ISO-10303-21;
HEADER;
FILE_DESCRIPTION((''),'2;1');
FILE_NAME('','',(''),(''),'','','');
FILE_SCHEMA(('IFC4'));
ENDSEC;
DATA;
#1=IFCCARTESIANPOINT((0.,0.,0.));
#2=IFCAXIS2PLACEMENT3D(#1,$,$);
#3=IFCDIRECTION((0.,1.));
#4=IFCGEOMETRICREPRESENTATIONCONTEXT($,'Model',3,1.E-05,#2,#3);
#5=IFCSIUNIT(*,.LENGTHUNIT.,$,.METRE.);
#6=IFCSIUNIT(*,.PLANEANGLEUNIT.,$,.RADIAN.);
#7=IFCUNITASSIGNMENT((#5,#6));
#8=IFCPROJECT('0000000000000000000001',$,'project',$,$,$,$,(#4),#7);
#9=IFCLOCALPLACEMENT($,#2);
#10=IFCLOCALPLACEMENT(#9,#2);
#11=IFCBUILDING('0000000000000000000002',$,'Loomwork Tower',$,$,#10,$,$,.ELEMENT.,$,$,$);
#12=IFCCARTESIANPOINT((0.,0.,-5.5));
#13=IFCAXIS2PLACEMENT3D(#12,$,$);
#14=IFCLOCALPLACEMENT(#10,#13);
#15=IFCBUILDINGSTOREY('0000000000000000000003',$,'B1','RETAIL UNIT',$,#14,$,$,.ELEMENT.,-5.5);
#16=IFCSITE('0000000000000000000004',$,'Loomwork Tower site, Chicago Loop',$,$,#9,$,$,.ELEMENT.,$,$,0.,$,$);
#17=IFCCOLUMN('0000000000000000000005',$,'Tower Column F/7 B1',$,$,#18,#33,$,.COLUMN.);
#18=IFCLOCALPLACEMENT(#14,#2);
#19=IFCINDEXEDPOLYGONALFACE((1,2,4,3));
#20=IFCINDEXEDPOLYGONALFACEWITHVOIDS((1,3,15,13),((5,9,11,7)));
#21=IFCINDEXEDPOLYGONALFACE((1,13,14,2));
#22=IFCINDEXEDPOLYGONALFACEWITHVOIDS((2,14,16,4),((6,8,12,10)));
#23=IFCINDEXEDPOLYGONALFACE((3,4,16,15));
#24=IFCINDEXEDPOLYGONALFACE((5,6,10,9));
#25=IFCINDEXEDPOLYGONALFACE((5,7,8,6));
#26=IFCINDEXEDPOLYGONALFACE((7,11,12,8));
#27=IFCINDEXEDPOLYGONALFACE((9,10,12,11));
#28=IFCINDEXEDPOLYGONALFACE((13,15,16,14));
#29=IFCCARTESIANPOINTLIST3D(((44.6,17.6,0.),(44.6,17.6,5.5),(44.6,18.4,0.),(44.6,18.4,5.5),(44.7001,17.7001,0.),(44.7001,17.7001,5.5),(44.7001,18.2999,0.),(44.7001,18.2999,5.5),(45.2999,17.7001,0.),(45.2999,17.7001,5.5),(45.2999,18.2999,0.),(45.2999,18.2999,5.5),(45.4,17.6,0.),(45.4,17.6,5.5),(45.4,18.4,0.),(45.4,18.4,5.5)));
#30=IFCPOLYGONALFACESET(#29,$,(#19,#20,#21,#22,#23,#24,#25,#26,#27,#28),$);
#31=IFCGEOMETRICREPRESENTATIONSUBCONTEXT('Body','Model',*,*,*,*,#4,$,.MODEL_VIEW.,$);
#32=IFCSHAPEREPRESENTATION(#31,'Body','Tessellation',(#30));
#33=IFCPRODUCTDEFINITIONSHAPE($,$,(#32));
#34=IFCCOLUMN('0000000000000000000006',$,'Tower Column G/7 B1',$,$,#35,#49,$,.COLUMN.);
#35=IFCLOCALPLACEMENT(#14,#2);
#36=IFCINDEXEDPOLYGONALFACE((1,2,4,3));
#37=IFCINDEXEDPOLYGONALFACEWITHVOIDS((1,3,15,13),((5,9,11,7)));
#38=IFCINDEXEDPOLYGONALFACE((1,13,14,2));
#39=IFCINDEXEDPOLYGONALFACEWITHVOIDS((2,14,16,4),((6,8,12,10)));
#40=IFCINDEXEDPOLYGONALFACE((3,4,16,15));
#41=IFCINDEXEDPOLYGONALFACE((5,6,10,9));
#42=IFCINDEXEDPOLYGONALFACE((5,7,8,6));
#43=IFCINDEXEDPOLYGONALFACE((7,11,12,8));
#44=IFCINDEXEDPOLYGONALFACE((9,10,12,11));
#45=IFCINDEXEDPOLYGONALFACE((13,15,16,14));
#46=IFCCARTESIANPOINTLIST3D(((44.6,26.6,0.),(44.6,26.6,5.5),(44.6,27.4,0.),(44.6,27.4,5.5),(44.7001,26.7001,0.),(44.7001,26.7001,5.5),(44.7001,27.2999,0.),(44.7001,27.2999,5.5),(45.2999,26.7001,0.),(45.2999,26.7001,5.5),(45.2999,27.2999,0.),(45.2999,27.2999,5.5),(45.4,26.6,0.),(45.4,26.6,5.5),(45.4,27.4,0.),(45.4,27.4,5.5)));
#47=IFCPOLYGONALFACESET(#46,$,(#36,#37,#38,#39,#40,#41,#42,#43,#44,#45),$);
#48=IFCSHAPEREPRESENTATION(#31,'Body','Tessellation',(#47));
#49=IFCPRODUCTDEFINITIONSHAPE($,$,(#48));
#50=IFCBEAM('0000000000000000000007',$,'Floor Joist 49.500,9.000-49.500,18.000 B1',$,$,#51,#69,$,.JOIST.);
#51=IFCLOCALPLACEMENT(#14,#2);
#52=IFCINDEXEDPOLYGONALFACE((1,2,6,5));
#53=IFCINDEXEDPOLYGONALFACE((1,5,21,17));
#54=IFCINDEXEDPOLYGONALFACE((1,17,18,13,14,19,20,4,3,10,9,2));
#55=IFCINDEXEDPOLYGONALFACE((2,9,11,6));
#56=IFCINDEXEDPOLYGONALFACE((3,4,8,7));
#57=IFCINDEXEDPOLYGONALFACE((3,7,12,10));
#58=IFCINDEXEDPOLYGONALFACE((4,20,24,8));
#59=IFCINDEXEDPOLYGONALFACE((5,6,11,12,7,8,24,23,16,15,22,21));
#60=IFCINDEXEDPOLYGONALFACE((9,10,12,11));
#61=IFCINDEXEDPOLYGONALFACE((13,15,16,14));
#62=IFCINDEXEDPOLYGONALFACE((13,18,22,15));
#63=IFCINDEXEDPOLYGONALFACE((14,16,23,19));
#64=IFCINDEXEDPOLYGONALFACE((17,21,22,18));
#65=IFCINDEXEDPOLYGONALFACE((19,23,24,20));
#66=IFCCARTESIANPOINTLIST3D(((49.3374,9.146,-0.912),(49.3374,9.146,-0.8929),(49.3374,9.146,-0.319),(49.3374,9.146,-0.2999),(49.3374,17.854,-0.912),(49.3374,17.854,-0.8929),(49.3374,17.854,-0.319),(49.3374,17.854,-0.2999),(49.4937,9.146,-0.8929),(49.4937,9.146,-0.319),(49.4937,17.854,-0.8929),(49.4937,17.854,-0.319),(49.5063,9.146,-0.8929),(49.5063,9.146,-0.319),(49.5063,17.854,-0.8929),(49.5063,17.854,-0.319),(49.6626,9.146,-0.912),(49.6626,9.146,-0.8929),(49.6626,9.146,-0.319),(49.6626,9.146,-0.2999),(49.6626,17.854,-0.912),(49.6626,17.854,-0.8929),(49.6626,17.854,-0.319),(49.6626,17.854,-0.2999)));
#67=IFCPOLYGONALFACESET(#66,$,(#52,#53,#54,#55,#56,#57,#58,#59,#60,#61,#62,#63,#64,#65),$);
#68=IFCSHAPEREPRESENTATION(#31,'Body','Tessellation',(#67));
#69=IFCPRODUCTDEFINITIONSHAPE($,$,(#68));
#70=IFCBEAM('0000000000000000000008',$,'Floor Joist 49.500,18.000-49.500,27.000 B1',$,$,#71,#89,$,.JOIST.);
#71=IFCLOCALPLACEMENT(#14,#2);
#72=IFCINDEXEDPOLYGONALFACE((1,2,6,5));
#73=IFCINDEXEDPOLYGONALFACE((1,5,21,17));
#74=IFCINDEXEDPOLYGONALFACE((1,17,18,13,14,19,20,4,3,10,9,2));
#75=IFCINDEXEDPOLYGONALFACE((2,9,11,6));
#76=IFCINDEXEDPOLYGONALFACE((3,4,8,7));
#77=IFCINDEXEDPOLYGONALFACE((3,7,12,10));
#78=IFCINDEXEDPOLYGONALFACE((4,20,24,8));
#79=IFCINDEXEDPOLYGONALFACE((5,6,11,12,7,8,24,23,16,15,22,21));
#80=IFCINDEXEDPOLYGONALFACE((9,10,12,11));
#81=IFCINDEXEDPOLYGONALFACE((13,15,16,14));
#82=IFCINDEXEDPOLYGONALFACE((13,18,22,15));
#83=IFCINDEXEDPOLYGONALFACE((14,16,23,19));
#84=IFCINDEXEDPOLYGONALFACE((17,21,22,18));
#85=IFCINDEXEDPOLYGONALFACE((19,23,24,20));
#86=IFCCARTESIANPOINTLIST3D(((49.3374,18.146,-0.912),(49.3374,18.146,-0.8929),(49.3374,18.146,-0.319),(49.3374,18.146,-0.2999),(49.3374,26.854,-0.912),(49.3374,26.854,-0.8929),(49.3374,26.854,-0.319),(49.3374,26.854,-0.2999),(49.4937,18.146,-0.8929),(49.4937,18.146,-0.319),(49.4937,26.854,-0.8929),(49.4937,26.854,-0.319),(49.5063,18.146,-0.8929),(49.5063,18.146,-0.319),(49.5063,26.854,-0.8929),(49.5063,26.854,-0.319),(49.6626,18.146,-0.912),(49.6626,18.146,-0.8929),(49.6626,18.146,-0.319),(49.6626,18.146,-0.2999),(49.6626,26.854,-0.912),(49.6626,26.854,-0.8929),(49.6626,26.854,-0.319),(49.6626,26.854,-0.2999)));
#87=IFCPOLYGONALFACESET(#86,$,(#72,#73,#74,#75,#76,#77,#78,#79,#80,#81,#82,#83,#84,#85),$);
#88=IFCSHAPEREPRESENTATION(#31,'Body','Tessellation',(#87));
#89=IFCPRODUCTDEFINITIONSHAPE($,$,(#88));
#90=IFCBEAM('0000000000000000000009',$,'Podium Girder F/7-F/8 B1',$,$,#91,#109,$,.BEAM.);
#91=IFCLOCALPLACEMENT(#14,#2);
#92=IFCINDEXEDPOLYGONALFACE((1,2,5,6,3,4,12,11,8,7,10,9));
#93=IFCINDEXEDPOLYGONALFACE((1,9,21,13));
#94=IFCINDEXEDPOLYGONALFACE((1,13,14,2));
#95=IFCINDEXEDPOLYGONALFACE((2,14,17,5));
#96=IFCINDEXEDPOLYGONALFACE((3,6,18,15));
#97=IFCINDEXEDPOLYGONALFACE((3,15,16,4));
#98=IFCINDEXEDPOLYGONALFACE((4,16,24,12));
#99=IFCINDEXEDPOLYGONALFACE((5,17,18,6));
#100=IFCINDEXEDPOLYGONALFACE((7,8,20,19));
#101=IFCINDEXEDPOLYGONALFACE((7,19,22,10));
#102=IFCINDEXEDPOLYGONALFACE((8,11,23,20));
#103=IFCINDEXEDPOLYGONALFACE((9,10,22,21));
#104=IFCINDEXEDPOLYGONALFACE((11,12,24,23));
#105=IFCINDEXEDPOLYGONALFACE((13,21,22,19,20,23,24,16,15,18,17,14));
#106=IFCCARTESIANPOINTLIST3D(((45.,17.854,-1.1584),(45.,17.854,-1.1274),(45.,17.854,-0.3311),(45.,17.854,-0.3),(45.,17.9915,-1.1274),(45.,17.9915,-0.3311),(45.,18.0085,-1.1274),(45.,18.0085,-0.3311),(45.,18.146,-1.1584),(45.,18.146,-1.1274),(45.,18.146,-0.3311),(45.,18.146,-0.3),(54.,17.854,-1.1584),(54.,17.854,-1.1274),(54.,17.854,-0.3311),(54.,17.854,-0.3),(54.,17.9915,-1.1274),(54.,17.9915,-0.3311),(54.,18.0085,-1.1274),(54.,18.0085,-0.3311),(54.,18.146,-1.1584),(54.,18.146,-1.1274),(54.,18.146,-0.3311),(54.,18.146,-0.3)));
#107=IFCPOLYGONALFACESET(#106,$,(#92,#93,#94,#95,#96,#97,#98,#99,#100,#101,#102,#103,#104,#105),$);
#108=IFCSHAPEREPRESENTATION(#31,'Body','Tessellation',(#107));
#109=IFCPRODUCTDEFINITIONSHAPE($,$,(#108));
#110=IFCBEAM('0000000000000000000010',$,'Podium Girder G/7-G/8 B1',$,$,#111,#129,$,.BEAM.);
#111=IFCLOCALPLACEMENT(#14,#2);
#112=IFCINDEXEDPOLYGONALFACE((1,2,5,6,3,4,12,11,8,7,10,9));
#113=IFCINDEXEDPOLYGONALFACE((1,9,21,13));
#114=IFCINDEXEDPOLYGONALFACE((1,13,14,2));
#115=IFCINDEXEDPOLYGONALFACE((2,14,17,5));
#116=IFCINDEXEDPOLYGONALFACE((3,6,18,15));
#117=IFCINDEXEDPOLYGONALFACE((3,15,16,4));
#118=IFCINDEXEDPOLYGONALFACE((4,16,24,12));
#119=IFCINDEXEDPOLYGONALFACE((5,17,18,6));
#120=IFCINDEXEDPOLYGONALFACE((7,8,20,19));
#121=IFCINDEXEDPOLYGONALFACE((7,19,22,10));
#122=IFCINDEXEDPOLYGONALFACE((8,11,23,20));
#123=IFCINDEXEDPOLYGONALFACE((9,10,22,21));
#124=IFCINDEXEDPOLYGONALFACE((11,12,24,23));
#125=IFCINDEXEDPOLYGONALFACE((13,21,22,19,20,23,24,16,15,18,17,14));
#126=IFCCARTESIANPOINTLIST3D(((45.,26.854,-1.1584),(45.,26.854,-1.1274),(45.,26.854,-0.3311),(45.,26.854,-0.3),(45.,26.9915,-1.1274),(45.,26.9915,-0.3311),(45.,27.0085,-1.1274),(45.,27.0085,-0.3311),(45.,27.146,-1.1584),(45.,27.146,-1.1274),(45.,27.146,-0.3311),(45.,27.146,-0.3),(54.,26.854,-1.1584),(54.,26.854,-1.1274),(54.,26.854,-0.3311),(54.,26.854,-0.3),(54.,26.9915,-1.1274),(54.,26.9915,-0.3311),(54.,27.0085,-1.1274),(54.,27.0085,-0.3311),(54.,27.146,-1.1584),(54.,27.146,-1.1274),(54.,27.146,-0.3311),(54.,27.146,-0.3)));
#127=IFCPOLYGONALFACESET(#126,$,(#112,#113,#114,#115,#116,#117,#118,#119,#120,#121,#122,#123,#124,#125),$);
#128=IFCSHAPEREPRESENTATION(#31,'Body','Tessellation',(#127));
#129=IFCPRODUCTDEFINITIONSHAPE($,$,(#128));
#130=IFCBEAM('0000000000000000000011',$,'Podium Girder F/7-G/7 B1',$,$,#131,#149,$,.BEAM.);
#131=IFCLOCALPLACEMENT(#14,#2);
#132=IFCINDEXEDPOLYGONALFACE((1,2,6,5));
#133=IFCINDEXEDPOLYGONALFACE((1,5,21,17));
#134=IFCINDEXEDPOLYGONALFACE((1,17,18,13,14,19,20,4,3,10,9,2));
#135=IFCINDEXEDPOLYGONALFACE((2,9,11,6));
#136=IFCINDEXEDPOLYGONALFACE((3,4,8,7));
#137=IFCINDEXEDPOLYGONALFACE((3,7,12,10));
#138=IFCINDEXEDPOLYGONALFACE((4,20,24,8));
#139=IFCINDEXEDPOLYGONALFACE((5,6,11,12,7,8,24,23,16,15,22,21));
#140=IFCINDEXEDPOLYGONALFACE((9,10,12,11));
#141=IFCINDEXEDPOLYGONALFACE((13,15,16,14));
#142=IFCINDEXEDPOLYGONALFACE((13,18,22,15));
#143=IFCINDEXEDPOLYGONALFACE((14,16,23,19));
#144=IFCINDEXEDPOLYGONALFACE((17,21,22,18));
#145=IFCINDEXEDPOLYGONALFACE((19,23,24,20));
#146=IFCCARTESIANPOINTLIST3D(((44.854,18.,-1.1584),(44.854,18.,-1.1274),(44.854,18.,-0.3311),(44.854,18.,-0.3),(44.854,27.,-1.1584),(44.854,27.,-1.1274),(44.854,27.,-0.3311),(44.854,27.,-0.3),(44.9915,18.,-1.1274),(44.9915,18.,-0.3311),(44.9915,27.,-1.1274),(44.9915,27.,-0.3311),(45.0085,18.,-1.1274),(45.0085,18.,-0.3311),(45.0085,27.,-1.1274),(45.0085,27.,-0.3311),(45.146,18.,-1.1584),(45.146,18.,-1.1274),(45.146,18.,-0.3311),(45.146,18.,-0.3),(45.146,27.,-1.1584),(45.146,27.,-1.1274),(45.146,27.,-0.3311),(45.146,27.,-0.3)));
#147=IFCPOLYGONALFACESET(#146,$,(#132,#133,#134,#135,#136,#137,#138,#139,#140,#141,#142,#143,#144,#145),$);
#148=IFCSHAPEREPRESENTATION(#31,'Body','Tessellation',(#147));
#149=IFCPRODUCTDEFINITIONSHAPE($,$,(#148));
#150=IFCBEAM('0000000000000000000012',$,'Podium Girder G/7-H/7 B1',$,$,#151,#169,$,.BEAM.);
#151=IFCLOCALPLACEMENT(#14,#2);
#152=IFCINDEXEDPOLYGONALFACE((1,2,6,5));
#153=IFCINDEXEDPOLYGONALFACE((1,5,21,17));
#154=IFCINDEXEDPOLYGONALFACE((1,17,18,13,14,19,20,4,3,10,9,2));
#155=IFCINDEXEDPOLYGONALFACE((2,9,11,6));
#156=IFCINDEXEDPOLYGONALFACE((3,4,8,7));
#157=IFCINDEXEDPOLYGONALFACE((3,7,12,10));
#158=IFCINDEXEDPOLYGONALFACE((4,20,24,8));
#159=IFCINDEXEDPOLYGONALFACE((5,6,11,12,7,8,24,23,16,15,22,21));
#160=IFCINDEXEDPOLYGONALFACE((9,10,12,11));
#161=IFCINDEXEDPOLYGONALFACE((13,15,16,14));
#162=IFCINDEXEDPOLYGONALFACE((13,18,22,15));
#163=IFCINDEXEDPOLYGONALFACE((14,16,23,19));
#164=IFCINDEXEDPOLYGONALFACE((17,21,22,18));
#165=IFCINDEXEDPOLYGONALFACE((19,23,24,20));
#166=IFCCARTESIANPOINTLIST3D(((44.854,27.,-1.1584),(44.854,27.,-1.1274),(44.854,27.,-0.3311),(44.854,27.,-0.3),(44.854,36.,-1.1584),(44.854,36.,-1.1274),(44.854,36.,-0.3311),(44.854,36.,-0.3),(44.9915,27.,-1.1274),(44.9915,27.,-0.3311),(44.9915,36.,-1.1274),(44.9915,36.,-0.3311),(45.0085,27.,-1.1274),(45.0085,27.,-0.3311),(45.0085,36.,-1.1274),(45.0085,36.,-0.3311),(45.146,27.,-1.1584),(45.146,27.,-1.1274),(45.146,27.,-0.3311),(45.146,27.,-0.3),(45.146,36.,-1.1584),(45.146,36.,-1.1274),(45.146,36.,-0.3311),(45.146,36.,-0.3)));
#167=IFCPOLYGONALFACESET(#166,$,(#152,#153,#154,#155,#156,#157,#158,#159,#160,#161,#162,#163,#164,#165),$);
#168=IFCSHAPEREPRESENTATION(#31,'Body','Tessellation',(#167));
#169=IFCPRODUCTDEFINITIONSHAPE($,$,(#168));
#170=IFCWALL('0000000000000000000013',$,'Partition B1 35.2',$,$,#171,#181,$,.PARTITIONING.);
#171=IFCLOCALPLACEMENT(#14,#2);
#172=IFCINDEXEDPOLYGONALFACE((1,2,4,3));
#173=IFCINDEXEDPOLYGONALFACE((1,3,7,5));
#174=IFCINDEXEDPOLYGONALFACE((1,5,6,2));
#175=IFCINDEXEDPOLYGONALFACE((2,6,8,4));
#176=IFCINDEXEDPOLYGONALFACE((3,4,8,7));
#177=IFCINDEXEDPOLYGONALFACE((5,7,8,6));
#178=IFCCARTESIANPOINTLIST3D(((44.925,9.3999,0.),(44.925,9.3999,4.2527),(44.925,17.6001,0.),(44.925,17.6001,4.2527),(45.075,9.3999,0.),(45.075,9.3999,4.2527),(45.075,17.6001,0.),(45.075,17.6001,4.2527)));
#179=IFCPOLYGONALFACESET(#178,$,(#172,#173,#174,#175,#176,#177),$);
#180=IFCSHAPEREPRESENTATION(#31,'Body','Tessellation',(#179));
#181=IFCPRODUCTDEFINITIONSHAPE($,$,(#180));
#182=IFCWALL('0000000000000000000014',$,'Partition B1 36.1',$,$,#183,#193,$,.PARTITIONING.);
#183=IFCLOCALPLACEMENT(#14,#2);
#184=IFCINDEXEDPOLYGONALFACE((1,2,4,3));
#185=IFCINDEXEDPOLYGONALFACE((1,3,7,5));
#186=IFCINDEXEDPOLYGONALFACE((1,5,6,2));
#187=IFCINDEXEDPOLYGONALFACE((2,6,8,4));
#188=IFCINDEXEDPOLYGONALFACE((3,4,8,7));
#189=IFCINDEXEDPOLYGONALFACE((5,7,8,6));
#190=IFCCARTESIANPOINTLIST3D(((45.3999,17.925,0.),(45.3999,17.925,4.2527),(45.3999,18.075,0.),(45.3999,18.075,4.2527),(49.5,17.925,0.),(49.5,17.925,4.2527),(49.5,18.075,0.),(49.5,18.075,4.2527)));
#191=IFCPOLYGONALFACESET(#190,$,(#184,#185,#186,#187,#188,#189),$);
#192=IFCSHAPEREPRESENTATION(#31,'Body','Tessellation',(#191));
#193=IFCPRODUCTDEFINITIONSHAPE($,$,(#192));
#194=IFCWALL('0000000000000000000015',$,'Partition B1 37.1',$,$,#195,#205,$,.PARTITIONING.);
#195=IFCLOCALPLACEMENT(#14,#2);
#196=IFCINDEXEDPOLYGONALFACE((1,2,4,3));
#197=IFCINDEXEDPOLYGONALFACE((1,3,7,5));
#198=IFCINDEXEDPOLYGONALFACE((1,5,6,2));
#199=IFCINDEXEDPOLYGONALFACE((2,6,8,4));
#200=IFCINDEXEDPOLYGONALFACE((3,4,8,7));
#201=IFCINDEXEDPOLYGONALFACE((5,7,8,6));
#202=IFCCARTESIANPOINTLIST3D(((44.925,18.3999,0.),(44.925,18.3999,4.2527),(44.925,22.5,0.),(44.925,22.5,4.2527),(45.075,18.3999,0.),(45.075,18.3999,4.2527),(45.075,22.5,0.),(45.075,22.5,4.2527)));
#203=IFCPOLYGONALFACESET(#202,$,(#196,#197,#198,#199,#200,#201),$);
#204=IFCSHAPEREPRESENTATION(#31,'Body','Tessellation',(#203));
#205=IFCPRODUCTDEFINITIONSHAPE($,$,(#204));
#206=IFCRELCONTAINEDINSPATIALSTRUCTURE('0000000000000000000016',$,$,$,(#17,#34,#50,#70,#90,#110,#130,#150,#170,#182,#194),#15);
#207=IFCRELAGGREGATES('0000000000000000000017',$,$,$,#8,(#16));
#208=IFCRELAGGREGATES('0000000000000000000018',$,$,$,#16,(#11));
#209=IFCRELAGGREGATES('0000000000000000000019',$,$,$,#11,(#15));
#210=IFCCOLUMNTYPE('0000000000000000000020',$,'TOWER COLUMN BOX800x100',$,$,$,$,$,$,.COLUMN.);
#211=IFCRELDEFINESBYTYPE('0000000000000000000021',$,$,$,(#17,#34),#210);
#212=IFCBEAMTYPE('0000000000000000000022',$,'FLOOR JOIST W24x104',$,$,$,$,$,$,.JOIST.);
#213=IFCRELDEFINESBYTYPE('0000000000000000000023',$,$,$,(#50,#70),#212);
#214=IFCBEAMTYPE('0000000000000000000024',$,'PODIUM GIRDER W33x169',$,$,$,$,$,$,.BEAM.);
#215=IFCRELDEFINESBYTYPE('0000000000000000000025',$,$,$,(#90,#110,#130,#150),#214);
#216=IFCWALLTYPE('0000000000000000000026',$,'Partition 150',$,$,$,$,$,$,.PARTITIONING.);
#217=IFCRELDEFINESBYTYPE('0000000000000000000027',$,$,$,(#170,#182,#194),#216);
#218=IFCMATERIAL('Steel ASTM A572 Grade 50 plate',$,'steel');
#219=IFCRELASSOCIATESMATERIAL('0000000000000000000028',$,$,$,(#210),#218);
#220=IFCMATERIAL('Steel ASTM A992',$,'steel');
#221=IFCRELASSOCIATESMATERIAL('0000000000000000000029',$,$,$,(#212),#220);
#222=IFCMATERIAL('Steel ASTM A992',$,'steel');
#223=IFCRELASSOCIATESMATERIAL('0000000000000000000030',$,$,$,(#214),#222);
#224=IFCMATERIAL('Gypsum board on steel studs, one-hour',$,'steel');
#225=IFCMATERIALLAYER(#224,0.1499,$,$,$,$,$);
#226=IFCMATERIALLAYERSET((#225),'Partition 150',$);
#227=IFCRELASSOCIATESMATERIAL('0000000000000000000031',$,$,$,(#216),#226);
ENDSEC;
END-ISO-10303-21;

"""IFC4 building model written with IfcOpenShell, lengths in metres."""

from ifc_helpers import new_model, si_unit, direction, frame, frame_2d, origin, origin_2d, place, context, subcontext, project, spatial, rectangle, hollow_rectangle, i_section, extrude, material, layer, layer_set, material_profile, profile_set, type_object, element, save


model = new_model("IFC4")

# Units and contexts
model_context = context("Model", 3, precision=1e-05, world=origin(), true_north=direction((0.0, 1.0)))
body_context = subcontext(model_context, "Body", "Model", "MODEL_VIEW")
ifc_project = project(units=[si_unit("LENGTHUNIT", "METRE"), si_unit("PLANEANGLEUNIT", "RADIAN")], contexts=[model_context])

# Site, building, storey
site_placement = place(None, origin())
site = spatial("IfcSite", under=ifc_project, at=site_placement, Name="Loomwork Tower site, Chicago Loop", CompositionType="ELEMENT", RefElevation=0.0)
building_placement = place(site_placement, origin())
building = spatial("IfcBuilding", under=site, at=building_placement, Name="Loomwork Tower", CompositionType="ELEMENT")
storey_placement = place(building_placement, frame((0.0, 0.0, -5.5)))
storey = spatial("IfcBuildingStorey", under=building, at=storey_placement, Name="B1", Description="RETAIL UNIT", CompositionType="ELEMENT", Elevation=-5.5)

# Columns
ifc_material_1 = material(Name="Steel ASTM A572 Grade 50 plate", Category="steel")
ifc_material_profile_1 = material_profile(ifc_material_1, hollow_rectangle(XDim=0.8, YDim=0.8, WallThickness=0.1001, at=origin_2d()), Name="BOX800x100")
ifc_profile_set_1 = profile_set([ifc_material_profile_1], Name="Steel ASTM A572 Grade 50 plate")
column_type = type_object("IfcColumnType", Name="TOWER COLUMN BOX800x100", PredefinedType="COLUMN", material=ifc_profile_set_1)
for number, where, z_axis, x_axis, name in (
    (1, (45.0, 18.0, 0.0), (0.0, 0.0, 1.0), (0.0, 1.0, 0.0), "Tower Column F/7 B1"),
    (2, (45.0, 27.0, 0.0), (0.0, 0.0, 1.0), (0.0, 1.0, 0.0), "Tower Column G/7 B1"),
):
    element("IfcColumn", number, at=place(storey_placement, frame(where, z_axis=z_axis, x_axis=x_axis)), inside=storey, type_object=column_type, Name=name, PredefinedType="COLUMN", context=body_context, shape_type="SweptSolid", body=[
        extrude(hollow_rectangle(XDim=0.8, YDim=0.8, WallThickness=0.1001, at=origin_2d()), origin(), (0.0, 0.0, 1.0), 5.5),
    ])

# Beams
ifc_material_2 = material(Name="Steel ASTM A992", Category="steel")
ifc_material_profile_2 = material_profile(ifc_material_2, i_section(OverallWidth=0.3252, OverallDepth=0.6121, WebThickness=0.0127, FlangeThickness=0.019, at=origin_2d()), Name="W24x104")
ifc_profile_set_2 = profile_set([ifc_material_profile_2], Name="Steel ASTM A992")
beam_type_1 = type_object("IfcBeamType", Name="FLOOR JOIST W24x104", PredefinedType="JOIST", material=ifc_profile_set_2)
for number, where, z_axis, x_axis, name in (
    (3, (49.5, 9.146, -0.606), (0.0, 1.0, 0.0), (-1.0, 0.0, 0.0), "Floor Joist 49.500,9.000-49.500,18.000 B1"),
    (4, (49.5, 18.146, -0.606), (0.0, 1.0, 0.0), (-1.0, 0.0, 0.0), "Floor Joist 49.500,18.000-49.500,27.000 B1"),
):
    element("IfcBeam", number, at=place(storey_placement, frame(where, z_axis=z_axis, x_axis=x_axis)), inside=storey, type_object=beam_type_1, Name=name, PredefinedType="JOIST", context=body_context, shape_type="SweptSolid", body=[
        extrude(i_section(OverallWidth=0.3252, OverallDepth=0.6121, WebThickness=0.0127, FlangeThickness=0.019, at=origin_2d()), origin(), (0.0, 0.0, 1.0), 8.708),
    ])
ifc_material_3 = material(Name="Steel ASTM A992", Category="steel")
ifc_material_profile_3 = material_profile(ifc_material_3, i_section(OverallWidth=0.292, OverallDepth=0.8584, WebThickness=0.0171, FlangeThickness=0.031, at=origin_2d()), Name="W33x169")
ifc_profile_set_3 = profile_set([ifc_material_profile_3], Name="Steel ASTM A992")
beam_type_2 = type_object("IfcBeamType", Name="PODIUM GIRDER W33x169", PredefinedType="BEAM", material=ifc_profile_set_3)
for number, where, z_axis, x_axis, name in (
    (5, (45.0, 18.0, -0.7292), (1.0, 0.0, 0.0), (0.0, 1.0, 0.0), "Podium Girder F/7-F/8 B1"),
    (6, (45.0, 27.0, -0.7292), (1.0, 0.0, 0.0), (0.0, 1.0, 0.0), "Podium Girder G/7-G/8 B1"),
    (7, (45.0, 18.0, -0.7292), (0.0, 1.0, 0.0), (-1.0, 0.0, 0.0), "Podium Girder F/7-G/7 B1"),
    (8, (45.0, 27.0, -0.7292), (0.0, 1.0, 0.0), (-1.0, 0.0, 0.0), "Podium Girder G/7-H/7 B1"),
):
    element("IfcBeam", number, at=place(storey_placement, frame(where, z_axis=z_axis, x_axis=x_axis)), inside=storey, type_object=beam_type_2, Name=name, PredefinedType="BEAM", context=body_context, shape_type="SweptSolid", body=[
        extrude(i_section(OverallWidth=0.292, OverallDepth=0.8584, WebThickness=0.0171, FlangeThickness=0.031, at=origin_2d()), origin(), (0.0, 0.0, 1.0), 9.0),
    ])

# Walls
ifc_material_4 = material(Name="Gypsum board on steel studs, one-hour", Category="steel")
ifc_layer_1 = layer(ifc_material_4, 0.1499)
ifc_layer_set_1 = layer_set([ifc_layer_1], Name="Partition 150")
wall_type = type_object("IfcWallType", Name="Partition 150", PredefinedType="PARTITIONING", material=ifc_layer_set_1)
wall_1_placement = place(storey_placement, frame((45.0, 9.3999, 0.0), z_axis=(0.0, 0.0, 1.0), x_axis=(0.0, 1.0, 0.0)))
element("IfcWall", 9, at=wall_1_placement, inside=storey, type_object=wall_type, Name="Partition B1 35.2", PredefinedType="PARTITIONING", context=body_context, shape_type="SweptSolid", body=[
    extrude(rectangle(XDim=8.2002, YDim=0.1499, at=frame_2d((4.1001, 0.0))), origin(), (0.0, 0.0, 1.0), 4.2527),
])
for number, where, z_axis, x_axis, name in (
    (10, (45.3999, 18.0, 0.0), (0.0, 0.0, 1.0), (1.0, 0.0, 0.0), "Partition B1 36.1"),
    (11, (45.0, 18.3999, 0.0), (0.0, 0.0, 1.0), (0.0, 1.0, 0.0), "Partition B1 37.1"),
):
    element("IfcWall", number, at=place(storey_placement, frame(where, z_axis=z_axis, x_axis=x_axis)), inside=storey, type_object=wall_type, Name=name, PredefinedType="PARTITIONING", context=body_context, shape_type="SweptSolid", body=[
        extrude(rectangle(XDim=4.1001, YDim=0.1499, at=frame_2d((2.05, 0.0))), origin(), (0.0, 0.0, 1.0), 4.2527),
    ])

save(model, "model.ifc")
